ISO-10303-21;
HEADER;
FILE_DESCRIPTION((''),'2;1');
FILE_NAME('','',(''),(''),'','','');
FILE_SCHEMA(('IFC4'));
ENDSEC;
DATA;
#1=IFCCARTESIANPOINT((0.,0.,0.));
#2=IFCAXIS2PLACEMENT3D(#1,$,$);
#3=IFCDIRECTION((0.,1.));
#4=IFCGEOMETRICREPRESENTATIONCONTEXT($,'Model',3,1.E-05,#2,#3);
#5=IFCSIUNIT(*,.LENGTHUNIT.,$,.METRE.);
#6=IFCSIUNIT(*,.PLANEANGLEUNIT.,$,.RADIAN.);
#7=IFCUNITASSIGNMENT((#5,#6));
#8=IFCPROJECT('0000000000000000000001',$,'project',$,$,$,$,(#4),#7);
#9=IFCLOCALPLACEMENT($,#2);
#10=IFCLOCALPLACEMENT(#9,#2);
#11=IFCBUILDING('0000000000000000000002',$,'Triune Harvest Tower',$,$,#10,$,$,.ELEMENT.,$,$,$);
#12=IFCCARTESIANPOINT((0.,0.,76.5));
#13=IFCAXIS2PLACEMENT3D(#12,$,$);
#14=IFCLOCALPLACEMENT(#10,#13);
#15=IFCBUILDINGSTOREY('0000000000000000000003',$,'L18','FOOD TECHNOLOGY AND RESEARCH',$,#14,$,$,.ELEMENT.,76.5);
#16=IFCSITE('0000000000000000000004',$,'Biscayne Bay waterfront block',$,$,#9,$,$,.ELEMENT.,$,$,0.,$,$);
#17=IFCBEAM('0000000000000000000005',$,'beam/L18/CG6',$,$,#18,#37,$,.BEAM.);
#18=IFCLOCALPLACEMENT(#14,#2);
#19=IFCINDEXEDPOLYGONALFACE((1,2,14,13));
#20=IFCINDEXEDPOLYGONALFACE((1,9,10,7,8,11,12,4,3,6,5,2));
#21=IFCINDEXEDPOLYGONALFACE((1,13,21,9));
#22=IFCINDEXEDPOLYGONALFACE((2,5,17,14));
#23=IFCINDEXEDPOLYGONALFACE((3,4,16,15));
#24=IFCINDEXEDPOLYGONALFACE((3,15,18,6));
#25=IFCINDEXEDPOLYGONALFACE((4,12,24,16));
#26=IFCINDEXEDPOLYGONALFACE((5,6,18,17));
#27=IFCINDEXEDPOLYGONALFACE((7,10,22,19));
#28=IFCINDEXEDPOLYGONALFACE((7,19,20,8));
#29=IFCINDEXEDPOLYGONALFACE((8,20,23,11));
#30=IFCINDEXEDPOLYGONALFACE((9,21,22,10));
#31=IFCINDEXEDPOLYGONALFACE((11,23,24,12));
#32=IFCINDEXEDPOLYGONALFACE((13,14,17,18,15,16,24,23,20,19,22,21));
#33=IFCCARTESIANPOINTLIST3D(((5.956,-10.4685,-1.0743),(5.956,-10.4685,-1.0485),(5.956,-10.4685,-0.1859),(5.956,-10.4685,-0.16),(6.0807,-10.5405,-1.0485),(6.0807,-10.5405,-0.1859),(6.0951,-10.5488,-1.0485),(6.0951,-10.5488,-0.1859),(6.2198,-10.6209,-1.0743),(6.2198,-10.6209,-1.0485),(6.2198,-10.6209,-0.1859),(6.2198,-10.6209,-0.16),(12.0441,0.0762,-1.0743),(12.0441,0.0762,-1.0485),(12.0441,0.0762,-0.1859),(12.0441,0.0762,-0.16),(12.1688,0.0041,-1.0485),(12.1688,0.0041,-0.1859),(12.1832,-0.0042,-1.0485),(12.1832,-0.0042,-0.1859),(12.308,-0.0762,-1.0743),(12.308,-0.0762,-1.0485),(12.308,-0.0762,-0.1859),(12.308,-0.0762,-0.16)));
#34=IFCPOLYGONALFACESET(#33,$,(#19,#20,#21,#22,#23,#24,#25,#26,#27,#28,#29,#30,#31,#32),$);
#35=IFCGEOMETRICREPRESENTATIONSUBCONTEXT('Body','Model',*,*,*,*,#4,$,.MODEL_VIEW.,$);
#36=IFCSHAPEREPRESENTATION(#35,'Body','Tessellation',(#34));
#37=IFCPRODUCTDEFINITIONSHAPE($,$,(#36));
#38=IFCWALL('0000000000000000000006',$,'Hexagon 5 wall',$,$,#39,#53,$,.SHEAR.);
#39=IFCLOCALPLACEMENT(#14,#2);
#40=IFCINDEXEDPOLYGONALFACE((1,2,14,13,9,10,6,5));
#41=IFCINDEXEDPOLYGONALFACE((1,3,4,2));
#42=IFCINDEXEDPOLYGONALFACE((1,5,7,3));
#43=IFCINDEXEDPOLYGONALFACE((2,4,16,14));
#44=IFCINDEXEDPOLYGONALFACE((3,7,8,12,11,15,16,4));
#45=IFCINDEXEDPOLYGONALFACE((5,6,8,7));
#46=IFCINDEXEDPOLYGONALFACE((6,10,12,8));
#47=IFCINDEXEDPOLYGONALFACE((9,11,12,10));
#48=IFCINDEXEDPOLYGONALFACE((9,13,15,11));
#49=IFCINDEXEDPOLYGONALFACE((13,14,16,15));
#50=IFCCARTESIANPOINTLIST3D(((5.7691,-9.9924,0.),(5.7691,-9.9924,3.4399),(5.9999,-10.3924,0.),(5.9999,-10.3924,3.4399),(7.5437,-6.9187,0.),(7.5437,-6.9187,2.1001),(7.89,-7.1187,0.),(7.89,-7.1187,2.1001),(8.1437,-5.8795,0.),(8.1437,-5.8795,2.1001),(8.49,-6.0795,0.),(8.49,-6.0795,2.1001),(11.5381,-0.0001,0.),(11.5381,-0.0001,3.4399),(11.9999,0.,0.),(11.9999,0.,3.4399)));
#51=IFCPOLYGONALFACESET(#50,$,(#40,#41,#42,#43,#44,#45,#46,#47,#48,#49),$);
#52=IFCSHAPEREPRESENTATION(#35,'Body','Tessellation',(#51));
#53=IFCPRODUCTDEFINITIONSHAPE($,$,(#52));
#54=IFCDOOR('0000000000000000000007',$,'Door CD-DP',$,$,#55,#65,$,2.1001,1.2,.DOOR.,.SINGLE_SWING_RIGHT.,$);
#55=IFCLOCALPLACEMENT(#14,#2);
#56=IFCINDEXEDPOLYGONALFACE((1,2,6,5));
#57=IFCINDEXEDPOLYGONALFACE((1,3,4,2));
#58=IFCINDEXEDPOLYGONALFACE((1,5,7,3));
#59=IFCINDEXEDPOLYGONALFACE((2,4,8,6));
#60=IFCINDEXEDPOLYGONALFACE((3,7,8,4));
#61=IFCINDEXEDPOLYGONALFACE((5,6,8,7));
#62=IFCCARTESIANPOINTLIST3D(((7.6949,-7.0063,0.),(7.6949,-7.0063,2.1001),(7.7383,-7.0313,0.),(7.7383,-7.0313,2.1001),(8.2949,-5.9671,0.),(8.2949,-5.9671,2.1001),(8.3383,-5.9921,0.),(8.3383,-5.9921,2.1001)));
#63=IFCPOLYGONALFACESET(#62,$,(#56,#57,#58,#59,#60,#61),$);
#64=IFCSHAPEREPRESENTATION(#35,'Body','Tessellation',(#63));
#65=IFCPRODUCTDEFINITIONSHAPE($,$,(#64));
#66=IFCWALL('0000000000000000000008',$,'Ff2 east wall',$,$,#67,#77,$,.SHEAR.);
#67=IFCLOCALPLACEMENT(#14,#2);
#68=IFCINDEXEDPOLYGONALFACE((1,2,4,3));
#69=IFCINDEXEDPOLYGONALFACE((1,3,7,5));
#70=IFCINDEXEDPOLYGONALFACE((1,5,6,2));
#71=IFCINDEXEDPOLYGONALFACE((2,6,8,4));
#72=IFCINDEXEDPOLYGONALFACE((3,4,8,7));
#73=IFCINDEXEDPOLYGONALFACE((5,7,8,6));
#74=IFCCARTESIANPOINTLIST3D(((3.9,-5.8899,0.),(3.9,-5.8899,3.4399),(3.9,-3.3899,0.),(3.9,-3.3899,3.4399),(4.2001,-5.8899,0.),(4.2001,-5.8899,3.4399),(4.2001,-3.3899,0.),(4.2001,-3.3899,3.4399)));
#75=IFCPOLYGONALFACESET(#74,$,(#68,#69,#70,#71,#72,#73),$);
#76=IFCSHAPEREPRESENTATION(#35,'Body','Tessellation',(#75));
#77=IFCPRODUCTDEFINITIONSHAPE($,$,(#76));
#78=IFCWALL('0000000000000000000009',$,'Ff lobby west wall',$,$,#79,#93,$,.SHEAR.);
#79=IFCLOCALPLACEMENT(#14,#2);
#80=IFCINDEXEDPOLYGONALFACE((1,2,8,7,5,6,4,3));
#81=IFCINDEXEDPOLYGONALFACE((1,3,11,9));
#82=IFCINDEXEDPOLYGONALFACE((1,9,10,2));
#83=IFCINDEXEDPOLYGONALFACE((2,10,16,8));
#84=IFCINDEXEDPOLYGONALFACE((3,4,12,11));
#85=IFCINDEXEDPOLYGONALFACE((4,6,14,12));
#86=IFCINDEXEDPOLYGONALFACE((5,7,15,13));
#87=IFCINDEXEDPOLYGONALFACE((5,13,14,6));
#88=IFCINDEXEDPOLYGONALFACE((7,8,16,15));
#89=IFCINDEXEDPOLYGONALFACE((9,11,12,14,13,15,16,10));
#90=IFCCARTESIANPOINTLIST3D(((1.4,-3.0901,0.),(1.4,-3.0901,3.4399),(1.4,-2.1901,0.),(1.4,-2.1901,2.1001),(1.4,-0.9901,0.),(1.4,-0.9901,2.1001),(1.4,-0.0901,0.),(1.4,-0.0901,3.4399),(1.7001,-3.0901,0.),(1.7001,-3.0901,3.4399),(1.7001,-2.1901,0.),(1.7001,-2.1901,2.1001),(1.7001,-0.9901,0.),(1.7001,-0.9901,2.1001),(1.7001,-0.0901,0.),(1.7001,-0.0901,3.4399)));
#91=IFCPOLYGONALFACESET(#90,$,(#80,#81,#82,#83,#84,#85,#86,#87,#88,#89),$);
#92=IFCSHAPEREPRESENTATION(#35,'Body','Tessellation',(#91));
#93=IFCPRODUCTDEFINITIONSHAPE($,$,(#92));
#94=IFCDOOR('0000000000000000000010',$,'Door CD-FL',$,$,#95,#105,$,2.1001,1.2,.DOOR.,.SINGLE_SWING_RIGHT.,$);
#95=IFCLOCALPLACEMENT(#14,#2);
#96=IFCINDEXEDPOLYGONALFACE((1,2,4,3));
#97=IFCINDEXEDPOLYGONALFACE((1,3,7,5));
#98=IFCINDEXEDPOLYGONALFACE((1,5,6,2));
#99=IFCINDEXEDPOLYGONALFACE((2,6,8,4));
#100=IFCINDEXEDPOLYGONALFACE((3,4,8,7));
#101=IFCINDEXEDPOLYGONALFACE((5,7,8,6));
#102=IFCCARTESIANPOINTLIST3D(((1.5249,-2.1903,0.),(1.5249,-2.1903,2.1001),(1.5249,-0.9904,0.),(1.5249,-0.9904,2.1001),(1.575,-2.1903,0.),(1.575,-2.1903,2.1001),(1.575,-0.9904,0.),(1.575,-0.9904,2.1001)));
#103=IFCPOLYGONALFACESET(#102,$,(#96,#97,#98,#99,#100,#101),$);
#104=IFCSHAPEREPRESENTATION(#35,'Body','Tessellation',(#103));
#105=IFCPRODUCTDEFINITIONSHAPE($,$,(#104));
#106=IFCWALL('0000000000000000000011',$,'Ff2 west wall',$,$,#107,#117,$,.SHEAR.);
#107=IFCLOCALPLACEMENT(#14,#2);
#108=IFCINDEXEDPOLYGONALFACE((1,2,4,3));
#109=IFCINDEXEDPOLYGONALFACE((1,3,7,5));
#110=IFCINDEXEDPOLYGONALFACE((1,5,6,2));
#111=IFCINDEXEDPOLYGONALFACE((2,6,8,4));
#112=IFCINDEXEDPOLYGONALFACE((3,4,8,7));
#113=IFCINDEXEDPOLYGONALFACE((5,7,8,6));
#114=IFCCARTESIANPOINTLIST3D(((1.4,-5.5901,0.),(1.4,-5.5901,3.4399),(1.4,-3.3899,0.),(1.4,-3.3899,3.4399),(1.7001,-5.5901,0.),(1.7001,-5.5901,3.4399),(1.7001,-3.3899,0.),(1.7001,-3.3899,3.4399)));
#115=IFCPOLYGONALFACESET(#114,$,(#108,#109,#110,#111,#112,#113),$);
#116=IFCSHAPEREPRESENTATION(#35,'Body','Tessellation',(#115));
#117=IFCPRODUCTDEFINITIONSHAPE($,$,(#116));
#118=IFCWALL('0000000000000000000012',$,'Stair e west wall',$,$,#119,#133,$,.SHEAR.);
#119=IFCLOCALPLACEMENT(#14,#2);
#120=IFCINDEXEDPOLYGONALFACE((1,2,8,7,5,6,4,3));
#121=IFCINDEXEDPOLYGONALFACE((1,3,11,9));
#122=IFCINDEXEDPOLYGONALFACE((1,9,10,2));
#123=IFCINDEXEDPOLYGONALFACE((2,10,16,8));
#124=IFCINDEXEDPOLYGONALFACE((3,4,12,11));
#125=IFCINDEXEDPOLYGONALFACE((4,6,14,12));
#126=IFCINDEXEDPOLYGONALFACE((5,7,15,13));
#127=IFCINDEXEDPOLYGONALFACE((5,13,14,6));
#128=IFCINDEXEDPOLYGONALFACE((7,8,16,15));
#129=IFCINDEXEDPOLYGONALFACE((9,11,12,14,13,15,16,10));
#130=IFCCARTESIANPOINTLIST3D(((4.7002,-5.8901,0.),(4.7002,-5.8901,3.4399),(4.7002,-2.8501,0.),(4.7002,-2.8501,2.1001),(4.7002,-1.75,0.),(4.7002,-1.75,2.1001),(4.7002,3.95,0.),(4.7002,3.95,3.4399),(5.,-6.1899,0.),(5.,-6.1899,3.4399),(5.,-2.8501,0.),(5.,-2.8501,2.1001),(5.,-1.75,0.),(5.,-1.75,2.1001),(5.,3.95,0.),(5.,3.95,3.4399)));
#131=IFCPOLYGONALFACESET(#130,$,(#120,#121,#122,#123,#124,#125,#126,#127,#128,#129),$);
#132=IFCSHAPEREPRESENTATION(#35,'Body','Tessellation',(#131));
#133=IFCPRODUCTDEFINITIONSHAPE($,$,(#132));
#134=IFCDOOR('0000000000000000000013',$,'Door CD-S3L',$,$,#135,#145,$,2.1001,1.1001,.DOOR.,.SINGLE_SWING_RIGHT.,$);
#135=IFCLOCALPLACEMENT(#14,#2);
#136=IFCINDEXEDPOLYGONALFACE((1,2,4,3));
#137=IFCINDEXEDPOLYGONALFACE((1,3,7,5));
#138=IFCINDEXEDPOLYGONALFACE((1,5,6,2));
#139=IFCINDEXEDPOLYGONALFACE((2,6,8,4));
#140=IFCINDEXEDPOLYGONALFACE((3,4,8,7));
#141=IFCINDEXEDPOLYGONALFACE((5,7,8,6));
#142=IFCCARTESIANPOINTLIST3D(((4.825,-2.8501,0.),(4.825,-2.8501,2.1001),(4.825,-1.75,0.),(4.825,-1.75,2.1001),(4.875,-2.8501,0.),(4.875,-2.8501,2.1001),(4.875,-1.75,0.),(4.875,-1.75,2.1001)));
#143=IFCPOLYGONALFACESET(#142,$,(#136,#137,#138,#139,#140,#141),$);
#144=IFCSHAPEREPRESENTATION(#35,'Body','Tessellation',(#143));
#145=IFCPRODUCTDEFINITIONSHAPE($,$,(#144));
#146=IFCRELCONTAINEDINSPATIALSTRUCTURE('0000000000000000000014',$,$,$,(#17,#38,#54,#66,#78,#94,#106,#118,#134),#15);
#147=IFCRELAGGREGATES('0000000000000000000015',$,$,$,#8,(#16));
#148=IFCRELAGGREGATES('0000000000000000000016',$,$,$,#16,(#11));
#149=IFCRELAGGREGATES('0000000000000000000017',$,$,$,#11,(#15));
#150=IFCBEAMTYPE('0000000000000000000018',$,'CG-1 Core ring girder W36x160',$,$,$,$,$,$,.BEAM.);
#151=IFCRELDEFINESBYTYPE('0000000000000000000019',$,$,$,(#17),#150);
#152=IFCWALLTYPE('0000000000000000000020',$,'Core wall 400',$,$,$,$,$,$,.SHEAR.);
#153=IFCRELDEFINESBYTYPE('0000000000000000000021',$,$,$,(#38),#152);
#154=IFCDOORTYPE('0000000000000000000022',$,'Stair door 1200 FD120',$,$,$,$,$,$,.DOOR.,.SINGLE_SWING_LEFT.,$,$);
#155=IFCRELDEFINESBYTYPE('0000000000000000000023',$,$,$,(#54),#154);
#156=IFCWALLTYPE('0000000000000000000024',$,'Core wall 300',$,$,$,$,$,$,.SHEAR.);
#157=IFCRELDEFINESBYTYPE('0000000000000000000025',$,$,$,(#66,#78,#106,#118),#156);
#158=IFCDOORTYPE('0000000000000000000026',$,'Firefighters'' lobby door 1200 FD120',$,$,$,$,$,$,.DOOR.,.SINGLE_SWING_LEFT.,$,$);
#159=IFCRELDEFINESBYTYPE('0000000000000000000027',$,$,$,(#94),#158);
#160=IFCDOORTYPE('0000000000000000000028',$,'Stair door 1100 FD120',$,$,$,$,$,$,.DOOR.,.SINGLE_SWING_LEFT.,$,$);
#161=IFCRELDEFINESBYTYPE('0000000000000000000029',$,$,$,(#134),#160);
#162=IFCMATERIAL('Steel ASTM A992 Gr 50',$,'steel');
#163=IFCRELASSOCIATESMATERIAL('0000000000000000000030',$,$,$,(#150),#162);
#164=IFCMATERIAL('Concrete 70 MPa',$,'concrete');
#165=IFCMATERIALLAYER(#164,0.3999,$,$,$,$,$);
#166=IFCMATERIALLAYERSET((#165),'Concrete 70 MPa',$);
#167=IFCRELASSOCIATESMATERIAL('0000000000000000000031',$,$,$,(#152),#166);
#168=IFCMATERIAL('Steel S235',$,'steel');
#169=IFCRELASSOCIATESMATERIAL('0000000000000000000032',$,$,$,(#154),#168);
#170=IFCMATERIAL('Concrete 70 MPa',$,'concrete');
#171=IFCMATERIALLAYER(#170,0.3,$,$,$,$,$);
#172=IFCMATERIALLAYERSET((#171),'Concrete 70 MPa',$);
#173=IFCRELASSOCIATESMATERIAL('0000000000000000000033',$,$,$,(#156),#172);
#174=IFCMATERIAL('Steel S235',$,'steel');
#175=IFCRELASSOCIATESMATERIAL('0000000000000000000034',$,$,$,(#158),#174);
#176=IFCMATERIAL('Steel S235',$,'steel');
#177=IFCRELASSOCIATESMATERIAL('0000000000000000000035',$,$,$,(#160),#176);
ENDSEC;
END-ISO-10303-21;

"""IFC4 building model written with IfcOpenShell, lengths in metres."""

from ifc_helpers import new_model, si_unit, direction, frame, frame_2d, origin, origin_2d, place, context, subcontext, project, spatial, polyline, rectangle, i_section, outline, extrude, source, transform, mapped, material, layer, layer_set, material_profile, profile_set, type_object, element, fill, save


model = new_model("IFC4")

# Units and contexts
model_context = context("Model", 3, precision=1e-05, world=origin(), true_north=direction((0.0, 1.0)))
body_context = subcontext(model_context, "Body", "Model", "MODEL_VIEW")
ifc_project = project(units=[si_unit("LENGTHUNIT", "METRE"), si_unit("PLANEANGLEUNIT", "RADIAN")], contexts=[model_context])

# Site, building, storey
site_placement = place(None, origin())
site = spatial("IfcSite", under=ifc_project, at=site_placement, Name="Biscayne Bay waterfront block", CompositionType="ELEMENT", RefElevation=0.0)
building_placement = place(site_placement, origin())
building = spatial("IfcBuilding", under=site, at=building_placement, Name="Triune Harvest Tower", CompositionType="ELEMENT")
storey_placement = place(building_placement, frame((0.0, 0.0, 76.5)))
storey = spatial("IfcBuildingStorey", under=building, at=storey_placement, Name="L18", Description="FOOD TECHNOLOGY AND RESEARCH", CompositionType="ELEMENT", Elevation=76.5)

# Beam
ifc_material_1 = material(Name="Steel ASTM A992 Gr 50", Category="steel")
ifc_material_profile = material_profile(ifc_material_1, i_section(OverallWidth=0.3047, OverallDepth=0.9143, WebThickness=0.0166, FlangeThickness=0.0259, at=origin_2d()), Name="W36x160")
ifc_profile_set = profile_set([ifc_material_profile], Name="Steel ASTM A992 Gr 50")
beam_type = type_object("IfcBeamType", Name="CG-1 Core ring girder W36x160", PredefinedType="BEAM", material=ifc_profile_set)
shared_shape_1 = source(origin(), body_context, "Body", "SweptSolid", [
    extrude(i_section(OverallWidth=0.3047, OverallDepth=0.9143, WebThickness=0.0166, FlangeThickness=0.0259, at=origin_2d()), origin(), (0.0, 0.0, 1.0), 12.176),
])
beam_placement = place(storey_placement, frame((6.0879, -10.5447, -0.6172), z_axis=(0.50001, 0.86602, 0.0), x_axis=(-0.86602, 0.50001, 0.0)))
element("IfcBeam", 1, at=beam_placement, inside=storey, type_object=beam_type, Name="beam/L18/CG6", PredefinedType="BEAM", context=body_context, shape_type="MappedRepresentation", body=[
    mapped(shared_shape_1, transform((0.0, 0.0, 0.0), scale=1.0)),
])

# Wall, opening, door
ifc_material_2 = material(Name="Concrete 70 MPa", Category="concrete")
ifc_layer_1 = layer(ifc_material_2, 0.3999)
ifc_layer_set_1 = layer_set([ifc_layer_1], Name="Concrete 70 MPa")
wall_type_1 = type_object("IfcWallType", Name="Core wall 400", PredefinedType="SHEAR", material=ifc_layer_set_1)
shared_shape_2 = source(origin(), body_context, "Body", "SweptSolid", [
    extrude(outline(polyline([(-0.1155, -0.2), (11.8845, -0.2), (11.6536, 0.2), (0.1155, 0.2), (-0.1155, -0.2)])), origin(), (0.0, 0.0, 1.0), 3.4399),
])
wall_1_placement = place(storey_placement, frame((5.8845, -10.1924, 0.0), z_axis=(0.0, 0.0, 1.0), x_axis=(0.499997, 0.866027, 0.0)))
wall_1 = element("IfcWall", 2, at=wall_1_placement, inside=storey, type_object=wall_type_1, Name="Hexagon 5 wall", PredefinedType="SHEAR", context=body_context, shape_type="MappedRepresentation", body=[
    mapped(shared_shape_2, transform((0.0, 0.0, 0.0), scale=1.0)),
])
opening_1_placement = place(wall_1_placement, frame((3.6646, 0.0, 0.0)))
opening_1 = element("IfcOpeningElement", 3, at=opening_1_placement, cuts=wall_1, PredefinedType="OPENING", context=body_context, shape_type="SweptSolid", body=[
    extrude(rectangle(XDim=1.2, YDim=2.1001, at=frame_2d((0.6001, 1.05))), frame((0.0, 0.21, 0.0), z_axis=(0.0, -1.0, 0.0), x_axis=(1.0, 0.0, 0.0)), (0.0, 0.0, 1.0), 0.4199),
])
ifc_material_3 = material(Name="Steel S235", Category="steel")
door_type_1 = type_object("IfcDoorType", Name="Stair door 1200 FD120", OperationType="SINGLE_SWING_LEFT", PredefinedType="DOOR", material=ifc_material_3)
door_1_placement = place(opening_1_placement, frame((1.2, 0.0, 0.0), z_axis=(0.0, 0.0, 1.0), x_axis=(-1.0, 0.0, 0.0)))
door_1 = element("IfcDoor", 4, at=door_1_placement, inside=storey, type_object=door_type_1, Name="Door CD-DP", OperationType="SINGLE_SWING_RIGHT", OverallHeight=2.1001, OverallWidth=1.2, PredefinedType="DOOR", context=body_context, shape_type="SweptSolid", body=[
    extrude(rectangle(XDim=1.2, YDim=2.1001, at=frame_2d((0.6001, 1.05))), frame((0.0, 0.0249, 0.0), z_axis=(0.0, -1.0, 0.0), x_axis=(1.0, 0.0, 0.0)), (0.0, 0.0, 1.0), 0.05),
])
fill(opening_1, door_1)

# Wall
ifc_material_4 = material(Name="Concrete 70 MPa", Category="concrete")
ifc_layer_2 = layer(ifc_material_4, 0.3)
ifc_layer_set_2 = layer_set([ifc_layer_2], Name="Concrete 70 MPa")
wall_type_2 = type_object("IfcWallType", Name="Core wall 300", PredefinedType="SHEAR", material=ifc_layer_set_2)
shared_shape_3 = source(origin(), body_context, "Body", "SweptSolid", [
    extrude(rectangle(XDim=2.5, YDim=0.3, at=frame_2d((1.25, 0.0))), origin(), (0.0, 0.0, 1.0), 3.4399),
])
wall_2_placement = place(storey_placement, frame((4.05, -5.8899, 0.0), z_axis=(0.0, 0.0, 1.0), x_axis=(0.0, 1.0, 0.0)))
element("IfcWall", 5, at=wall_2_placement, inside=storey, type_object=wall_type_2, Name="Ff2 east wall", PredefinedType="SHEAR", context=body_context, shape_type="MappedRepresentation", body=[
    mapped(shared_shape_3, transform((0.0, 0.0, 0.0), scale=1.0)),
])

# Wall, opening, door
shared_shape_4 = source(origin(), body_context, "Body", "SweptSolid", [
    extrude(rectangle(XDim=3.0, YDim=0.3, at=frame_2d((1.5, 0.0))), origin(), (0.0, 0.0, 1.0), 3.4399),
])
wall_3_placement = place(storey_placement, frame((1.55, -3.0901, 0.0), z_axis=(0.0, 0.0, 1.0), x_axis=(0.0, 1.0, 0.0)))
wall_3 = element("IfcWall", 6, at=wall_3_placement, inside=storey, type_object=wall_type_2, Name="Ff lobby west wall", PredefinedType="SHEAR", context=body_context, shape_type="MappedRepresentation", body=[
    mapped(shared_shape_4, transform((0.0, 0.0, 0.0), scale=1.0)),
])
opening_2_placement = place(wall_3_placement, frame((0.8999, 0.0, 0.0)))
opening_2 = element("IfcOpeningElement", 7, at=opening_2_placement, cuts=wall_3, PredefinedType="OPENING", context=body_context, shape_type="SweptSolid", body=[
    extrude(rectangle(XDim=1.2, YDim=2.1001, at=frame_2d((0.6001, 1.05))), frame((0.0, 0.1602, 0.0), z_axis=(0.0, -1.0, 0.0), x_axis=(1.0, 0.0, 0.0)), (0.0, 0.0, 1.0), 0.3201),
])
ifc_material_5 = material(Name="Steel S235", Category="steel")
door_type_2 = type_object("IfcDoorType", Name="Firefighters' lobby door 1200 FD120", OperationType="SINGLE_SWING_LEFT", PredefinedType="DOOR", material=ifc_material_5)
door_2_placement = place(opening_2_placement, frame((1.2, 0.0, 0.0), z_axis=(0.0, 0.0, 1.0), x_axis=(-1.0, 0.0, 0.0)))
door_2 = element("IfcDoor", 8, at=door_2_placement, inside=storey, type_object=door_type_2, Name="Door CD-FL", OperationType="SINGLE_SWING_RIGHT", OverallHeight=2.1001, OverallWidth=1.2, PredefinedType="DOOR", context=body_context, shape_type="SweptSolid", body=[
    extrude(rectangle(XDim=1.2, YDim=2.1001, at=frame_2d((0.6001, 1.05))), frame((0.0, 0.0249, 0.0), z_axis=(0.0, -1.0, 0.0), x_axis=(1.0, 0.0, 0.0)), (0.0, 0.0, 1.0), 0.05),
])
fill(opening_2, door_2)

# Wall
shared_shape_5 = source(origin(), body_context, "Body", "SweptSolid", [
    extrude(rectangle(XDim=2.2002, YDim=0.3, at=frame_2d((1.1001, 0.0))), origin(), (0.0, 0.0, 1.0), 3.4399),
])
wall_4_placement = place(storey_placement, frame((1.55, -5.5901, 0.0), z_axis=(0.0, 0.0, 1.0), x_axis=(0.0, 1.0, 0.0)))
element("IfcWall", 9, at=wall_4_placement, inside=storey, type_object=wall_type_2, Name="Ff2 west wall", PredefinedType="SHEAR", context=body_context, shape_type="MappedRepresentation", body=[
    mapped(shared_shape_5, transform((0.0, 0.0, 0.0), scale=1.0)),
])

# Wall, opening, door
shared_shape_6 = source(origin(), body_context, "Body", "SweptSolid", [
    extrude(outline(polyline([(-0.1499, -0.1499), (9.99, -0.1499), (9.99, 0.1499), (0.1499, 0.1499), (-0.1499, -0.1499)])), origin(), (0.0, 0.0, 1.0), 3.4399),
])
wall_5_placement = place(storey_placement, frame((4.8501, -6.04, 0.0), z_axis=(0.0, 0.0, 1.0), x_axis=(0.0, 1.0, 0.0)))
wall_5 = element("IfcWall", 10, at=wall_5_placement, inside=storey, type_object=wall_type_2, Name="Stair e west wall", PredefinedType="SHEAR", context=body_context, shape_type="MappedRepresentation", body=[
    mapped(shared_shape_6, transform((0.0, 0.0, 0.0), scale=1.0)),
])
opening_3_placement = place(wall_5_placement, frame((3.1899, 0.0, 0.0)))
opening_3 = element("IfcOpeningElement", 11, at=opening_3_placement, cuts=wall_5, PredefinedType="OPENING", context=body_context, shape_type="SweptSolid", body=[
    extrude(rectangle(XDim=1.1001, YDim=2.1001, at=frame_2d((0.55, 1.05))), frame((0.0, 0.1602, 0.0), z_axis=(0.0, -1.0, 0.0), x_axis=(1.0, 0.0, 0.0)), (0.0, 0.0, 1.0), 0.3201),
])
ifc_material_6 = material(Name="Steel S235", Category="steel")
door_type_3 = type_object("IfcDoorType", Name="Stair door 1100 FD120", OperationType="SINGLE_SWING_LEFT", PredefinedType="DOOR", material=ifc_material_6)
door_3_placement = place(opening_3_placement, frame((1.1001, 0.0, 0.0), z_axis=(0.0, 0.0, 1.0), x_axis=(-1.0, 0.0, 0.0)))
door_3 = element("IfcDoor", 12, at=door_3_placement, inside=storey, type_object=door_type_3, Name="Door CD-S3L", OperationType="SINGLE_SWING_RIGHT", OverallHeight=2.1001, OverallWidth=1.1001, PredefinedType="DOOR", context=body_context, shape_type="SweptSolid", body=[
    extrude(rectangle(XDim=1.1001, YDim=2.1001, at=frame_2d((0.55, 1.05))), frame((0.0, 0.0249, 0.0), z_axis=(0.0, -1.0, 0.0), x_axis=(1.0, 0.0, 0.0)), (0.0, 0.0, 1.0), 0.05),
])
fill(opening_3, door_3)

save(model, "model.ifc")
